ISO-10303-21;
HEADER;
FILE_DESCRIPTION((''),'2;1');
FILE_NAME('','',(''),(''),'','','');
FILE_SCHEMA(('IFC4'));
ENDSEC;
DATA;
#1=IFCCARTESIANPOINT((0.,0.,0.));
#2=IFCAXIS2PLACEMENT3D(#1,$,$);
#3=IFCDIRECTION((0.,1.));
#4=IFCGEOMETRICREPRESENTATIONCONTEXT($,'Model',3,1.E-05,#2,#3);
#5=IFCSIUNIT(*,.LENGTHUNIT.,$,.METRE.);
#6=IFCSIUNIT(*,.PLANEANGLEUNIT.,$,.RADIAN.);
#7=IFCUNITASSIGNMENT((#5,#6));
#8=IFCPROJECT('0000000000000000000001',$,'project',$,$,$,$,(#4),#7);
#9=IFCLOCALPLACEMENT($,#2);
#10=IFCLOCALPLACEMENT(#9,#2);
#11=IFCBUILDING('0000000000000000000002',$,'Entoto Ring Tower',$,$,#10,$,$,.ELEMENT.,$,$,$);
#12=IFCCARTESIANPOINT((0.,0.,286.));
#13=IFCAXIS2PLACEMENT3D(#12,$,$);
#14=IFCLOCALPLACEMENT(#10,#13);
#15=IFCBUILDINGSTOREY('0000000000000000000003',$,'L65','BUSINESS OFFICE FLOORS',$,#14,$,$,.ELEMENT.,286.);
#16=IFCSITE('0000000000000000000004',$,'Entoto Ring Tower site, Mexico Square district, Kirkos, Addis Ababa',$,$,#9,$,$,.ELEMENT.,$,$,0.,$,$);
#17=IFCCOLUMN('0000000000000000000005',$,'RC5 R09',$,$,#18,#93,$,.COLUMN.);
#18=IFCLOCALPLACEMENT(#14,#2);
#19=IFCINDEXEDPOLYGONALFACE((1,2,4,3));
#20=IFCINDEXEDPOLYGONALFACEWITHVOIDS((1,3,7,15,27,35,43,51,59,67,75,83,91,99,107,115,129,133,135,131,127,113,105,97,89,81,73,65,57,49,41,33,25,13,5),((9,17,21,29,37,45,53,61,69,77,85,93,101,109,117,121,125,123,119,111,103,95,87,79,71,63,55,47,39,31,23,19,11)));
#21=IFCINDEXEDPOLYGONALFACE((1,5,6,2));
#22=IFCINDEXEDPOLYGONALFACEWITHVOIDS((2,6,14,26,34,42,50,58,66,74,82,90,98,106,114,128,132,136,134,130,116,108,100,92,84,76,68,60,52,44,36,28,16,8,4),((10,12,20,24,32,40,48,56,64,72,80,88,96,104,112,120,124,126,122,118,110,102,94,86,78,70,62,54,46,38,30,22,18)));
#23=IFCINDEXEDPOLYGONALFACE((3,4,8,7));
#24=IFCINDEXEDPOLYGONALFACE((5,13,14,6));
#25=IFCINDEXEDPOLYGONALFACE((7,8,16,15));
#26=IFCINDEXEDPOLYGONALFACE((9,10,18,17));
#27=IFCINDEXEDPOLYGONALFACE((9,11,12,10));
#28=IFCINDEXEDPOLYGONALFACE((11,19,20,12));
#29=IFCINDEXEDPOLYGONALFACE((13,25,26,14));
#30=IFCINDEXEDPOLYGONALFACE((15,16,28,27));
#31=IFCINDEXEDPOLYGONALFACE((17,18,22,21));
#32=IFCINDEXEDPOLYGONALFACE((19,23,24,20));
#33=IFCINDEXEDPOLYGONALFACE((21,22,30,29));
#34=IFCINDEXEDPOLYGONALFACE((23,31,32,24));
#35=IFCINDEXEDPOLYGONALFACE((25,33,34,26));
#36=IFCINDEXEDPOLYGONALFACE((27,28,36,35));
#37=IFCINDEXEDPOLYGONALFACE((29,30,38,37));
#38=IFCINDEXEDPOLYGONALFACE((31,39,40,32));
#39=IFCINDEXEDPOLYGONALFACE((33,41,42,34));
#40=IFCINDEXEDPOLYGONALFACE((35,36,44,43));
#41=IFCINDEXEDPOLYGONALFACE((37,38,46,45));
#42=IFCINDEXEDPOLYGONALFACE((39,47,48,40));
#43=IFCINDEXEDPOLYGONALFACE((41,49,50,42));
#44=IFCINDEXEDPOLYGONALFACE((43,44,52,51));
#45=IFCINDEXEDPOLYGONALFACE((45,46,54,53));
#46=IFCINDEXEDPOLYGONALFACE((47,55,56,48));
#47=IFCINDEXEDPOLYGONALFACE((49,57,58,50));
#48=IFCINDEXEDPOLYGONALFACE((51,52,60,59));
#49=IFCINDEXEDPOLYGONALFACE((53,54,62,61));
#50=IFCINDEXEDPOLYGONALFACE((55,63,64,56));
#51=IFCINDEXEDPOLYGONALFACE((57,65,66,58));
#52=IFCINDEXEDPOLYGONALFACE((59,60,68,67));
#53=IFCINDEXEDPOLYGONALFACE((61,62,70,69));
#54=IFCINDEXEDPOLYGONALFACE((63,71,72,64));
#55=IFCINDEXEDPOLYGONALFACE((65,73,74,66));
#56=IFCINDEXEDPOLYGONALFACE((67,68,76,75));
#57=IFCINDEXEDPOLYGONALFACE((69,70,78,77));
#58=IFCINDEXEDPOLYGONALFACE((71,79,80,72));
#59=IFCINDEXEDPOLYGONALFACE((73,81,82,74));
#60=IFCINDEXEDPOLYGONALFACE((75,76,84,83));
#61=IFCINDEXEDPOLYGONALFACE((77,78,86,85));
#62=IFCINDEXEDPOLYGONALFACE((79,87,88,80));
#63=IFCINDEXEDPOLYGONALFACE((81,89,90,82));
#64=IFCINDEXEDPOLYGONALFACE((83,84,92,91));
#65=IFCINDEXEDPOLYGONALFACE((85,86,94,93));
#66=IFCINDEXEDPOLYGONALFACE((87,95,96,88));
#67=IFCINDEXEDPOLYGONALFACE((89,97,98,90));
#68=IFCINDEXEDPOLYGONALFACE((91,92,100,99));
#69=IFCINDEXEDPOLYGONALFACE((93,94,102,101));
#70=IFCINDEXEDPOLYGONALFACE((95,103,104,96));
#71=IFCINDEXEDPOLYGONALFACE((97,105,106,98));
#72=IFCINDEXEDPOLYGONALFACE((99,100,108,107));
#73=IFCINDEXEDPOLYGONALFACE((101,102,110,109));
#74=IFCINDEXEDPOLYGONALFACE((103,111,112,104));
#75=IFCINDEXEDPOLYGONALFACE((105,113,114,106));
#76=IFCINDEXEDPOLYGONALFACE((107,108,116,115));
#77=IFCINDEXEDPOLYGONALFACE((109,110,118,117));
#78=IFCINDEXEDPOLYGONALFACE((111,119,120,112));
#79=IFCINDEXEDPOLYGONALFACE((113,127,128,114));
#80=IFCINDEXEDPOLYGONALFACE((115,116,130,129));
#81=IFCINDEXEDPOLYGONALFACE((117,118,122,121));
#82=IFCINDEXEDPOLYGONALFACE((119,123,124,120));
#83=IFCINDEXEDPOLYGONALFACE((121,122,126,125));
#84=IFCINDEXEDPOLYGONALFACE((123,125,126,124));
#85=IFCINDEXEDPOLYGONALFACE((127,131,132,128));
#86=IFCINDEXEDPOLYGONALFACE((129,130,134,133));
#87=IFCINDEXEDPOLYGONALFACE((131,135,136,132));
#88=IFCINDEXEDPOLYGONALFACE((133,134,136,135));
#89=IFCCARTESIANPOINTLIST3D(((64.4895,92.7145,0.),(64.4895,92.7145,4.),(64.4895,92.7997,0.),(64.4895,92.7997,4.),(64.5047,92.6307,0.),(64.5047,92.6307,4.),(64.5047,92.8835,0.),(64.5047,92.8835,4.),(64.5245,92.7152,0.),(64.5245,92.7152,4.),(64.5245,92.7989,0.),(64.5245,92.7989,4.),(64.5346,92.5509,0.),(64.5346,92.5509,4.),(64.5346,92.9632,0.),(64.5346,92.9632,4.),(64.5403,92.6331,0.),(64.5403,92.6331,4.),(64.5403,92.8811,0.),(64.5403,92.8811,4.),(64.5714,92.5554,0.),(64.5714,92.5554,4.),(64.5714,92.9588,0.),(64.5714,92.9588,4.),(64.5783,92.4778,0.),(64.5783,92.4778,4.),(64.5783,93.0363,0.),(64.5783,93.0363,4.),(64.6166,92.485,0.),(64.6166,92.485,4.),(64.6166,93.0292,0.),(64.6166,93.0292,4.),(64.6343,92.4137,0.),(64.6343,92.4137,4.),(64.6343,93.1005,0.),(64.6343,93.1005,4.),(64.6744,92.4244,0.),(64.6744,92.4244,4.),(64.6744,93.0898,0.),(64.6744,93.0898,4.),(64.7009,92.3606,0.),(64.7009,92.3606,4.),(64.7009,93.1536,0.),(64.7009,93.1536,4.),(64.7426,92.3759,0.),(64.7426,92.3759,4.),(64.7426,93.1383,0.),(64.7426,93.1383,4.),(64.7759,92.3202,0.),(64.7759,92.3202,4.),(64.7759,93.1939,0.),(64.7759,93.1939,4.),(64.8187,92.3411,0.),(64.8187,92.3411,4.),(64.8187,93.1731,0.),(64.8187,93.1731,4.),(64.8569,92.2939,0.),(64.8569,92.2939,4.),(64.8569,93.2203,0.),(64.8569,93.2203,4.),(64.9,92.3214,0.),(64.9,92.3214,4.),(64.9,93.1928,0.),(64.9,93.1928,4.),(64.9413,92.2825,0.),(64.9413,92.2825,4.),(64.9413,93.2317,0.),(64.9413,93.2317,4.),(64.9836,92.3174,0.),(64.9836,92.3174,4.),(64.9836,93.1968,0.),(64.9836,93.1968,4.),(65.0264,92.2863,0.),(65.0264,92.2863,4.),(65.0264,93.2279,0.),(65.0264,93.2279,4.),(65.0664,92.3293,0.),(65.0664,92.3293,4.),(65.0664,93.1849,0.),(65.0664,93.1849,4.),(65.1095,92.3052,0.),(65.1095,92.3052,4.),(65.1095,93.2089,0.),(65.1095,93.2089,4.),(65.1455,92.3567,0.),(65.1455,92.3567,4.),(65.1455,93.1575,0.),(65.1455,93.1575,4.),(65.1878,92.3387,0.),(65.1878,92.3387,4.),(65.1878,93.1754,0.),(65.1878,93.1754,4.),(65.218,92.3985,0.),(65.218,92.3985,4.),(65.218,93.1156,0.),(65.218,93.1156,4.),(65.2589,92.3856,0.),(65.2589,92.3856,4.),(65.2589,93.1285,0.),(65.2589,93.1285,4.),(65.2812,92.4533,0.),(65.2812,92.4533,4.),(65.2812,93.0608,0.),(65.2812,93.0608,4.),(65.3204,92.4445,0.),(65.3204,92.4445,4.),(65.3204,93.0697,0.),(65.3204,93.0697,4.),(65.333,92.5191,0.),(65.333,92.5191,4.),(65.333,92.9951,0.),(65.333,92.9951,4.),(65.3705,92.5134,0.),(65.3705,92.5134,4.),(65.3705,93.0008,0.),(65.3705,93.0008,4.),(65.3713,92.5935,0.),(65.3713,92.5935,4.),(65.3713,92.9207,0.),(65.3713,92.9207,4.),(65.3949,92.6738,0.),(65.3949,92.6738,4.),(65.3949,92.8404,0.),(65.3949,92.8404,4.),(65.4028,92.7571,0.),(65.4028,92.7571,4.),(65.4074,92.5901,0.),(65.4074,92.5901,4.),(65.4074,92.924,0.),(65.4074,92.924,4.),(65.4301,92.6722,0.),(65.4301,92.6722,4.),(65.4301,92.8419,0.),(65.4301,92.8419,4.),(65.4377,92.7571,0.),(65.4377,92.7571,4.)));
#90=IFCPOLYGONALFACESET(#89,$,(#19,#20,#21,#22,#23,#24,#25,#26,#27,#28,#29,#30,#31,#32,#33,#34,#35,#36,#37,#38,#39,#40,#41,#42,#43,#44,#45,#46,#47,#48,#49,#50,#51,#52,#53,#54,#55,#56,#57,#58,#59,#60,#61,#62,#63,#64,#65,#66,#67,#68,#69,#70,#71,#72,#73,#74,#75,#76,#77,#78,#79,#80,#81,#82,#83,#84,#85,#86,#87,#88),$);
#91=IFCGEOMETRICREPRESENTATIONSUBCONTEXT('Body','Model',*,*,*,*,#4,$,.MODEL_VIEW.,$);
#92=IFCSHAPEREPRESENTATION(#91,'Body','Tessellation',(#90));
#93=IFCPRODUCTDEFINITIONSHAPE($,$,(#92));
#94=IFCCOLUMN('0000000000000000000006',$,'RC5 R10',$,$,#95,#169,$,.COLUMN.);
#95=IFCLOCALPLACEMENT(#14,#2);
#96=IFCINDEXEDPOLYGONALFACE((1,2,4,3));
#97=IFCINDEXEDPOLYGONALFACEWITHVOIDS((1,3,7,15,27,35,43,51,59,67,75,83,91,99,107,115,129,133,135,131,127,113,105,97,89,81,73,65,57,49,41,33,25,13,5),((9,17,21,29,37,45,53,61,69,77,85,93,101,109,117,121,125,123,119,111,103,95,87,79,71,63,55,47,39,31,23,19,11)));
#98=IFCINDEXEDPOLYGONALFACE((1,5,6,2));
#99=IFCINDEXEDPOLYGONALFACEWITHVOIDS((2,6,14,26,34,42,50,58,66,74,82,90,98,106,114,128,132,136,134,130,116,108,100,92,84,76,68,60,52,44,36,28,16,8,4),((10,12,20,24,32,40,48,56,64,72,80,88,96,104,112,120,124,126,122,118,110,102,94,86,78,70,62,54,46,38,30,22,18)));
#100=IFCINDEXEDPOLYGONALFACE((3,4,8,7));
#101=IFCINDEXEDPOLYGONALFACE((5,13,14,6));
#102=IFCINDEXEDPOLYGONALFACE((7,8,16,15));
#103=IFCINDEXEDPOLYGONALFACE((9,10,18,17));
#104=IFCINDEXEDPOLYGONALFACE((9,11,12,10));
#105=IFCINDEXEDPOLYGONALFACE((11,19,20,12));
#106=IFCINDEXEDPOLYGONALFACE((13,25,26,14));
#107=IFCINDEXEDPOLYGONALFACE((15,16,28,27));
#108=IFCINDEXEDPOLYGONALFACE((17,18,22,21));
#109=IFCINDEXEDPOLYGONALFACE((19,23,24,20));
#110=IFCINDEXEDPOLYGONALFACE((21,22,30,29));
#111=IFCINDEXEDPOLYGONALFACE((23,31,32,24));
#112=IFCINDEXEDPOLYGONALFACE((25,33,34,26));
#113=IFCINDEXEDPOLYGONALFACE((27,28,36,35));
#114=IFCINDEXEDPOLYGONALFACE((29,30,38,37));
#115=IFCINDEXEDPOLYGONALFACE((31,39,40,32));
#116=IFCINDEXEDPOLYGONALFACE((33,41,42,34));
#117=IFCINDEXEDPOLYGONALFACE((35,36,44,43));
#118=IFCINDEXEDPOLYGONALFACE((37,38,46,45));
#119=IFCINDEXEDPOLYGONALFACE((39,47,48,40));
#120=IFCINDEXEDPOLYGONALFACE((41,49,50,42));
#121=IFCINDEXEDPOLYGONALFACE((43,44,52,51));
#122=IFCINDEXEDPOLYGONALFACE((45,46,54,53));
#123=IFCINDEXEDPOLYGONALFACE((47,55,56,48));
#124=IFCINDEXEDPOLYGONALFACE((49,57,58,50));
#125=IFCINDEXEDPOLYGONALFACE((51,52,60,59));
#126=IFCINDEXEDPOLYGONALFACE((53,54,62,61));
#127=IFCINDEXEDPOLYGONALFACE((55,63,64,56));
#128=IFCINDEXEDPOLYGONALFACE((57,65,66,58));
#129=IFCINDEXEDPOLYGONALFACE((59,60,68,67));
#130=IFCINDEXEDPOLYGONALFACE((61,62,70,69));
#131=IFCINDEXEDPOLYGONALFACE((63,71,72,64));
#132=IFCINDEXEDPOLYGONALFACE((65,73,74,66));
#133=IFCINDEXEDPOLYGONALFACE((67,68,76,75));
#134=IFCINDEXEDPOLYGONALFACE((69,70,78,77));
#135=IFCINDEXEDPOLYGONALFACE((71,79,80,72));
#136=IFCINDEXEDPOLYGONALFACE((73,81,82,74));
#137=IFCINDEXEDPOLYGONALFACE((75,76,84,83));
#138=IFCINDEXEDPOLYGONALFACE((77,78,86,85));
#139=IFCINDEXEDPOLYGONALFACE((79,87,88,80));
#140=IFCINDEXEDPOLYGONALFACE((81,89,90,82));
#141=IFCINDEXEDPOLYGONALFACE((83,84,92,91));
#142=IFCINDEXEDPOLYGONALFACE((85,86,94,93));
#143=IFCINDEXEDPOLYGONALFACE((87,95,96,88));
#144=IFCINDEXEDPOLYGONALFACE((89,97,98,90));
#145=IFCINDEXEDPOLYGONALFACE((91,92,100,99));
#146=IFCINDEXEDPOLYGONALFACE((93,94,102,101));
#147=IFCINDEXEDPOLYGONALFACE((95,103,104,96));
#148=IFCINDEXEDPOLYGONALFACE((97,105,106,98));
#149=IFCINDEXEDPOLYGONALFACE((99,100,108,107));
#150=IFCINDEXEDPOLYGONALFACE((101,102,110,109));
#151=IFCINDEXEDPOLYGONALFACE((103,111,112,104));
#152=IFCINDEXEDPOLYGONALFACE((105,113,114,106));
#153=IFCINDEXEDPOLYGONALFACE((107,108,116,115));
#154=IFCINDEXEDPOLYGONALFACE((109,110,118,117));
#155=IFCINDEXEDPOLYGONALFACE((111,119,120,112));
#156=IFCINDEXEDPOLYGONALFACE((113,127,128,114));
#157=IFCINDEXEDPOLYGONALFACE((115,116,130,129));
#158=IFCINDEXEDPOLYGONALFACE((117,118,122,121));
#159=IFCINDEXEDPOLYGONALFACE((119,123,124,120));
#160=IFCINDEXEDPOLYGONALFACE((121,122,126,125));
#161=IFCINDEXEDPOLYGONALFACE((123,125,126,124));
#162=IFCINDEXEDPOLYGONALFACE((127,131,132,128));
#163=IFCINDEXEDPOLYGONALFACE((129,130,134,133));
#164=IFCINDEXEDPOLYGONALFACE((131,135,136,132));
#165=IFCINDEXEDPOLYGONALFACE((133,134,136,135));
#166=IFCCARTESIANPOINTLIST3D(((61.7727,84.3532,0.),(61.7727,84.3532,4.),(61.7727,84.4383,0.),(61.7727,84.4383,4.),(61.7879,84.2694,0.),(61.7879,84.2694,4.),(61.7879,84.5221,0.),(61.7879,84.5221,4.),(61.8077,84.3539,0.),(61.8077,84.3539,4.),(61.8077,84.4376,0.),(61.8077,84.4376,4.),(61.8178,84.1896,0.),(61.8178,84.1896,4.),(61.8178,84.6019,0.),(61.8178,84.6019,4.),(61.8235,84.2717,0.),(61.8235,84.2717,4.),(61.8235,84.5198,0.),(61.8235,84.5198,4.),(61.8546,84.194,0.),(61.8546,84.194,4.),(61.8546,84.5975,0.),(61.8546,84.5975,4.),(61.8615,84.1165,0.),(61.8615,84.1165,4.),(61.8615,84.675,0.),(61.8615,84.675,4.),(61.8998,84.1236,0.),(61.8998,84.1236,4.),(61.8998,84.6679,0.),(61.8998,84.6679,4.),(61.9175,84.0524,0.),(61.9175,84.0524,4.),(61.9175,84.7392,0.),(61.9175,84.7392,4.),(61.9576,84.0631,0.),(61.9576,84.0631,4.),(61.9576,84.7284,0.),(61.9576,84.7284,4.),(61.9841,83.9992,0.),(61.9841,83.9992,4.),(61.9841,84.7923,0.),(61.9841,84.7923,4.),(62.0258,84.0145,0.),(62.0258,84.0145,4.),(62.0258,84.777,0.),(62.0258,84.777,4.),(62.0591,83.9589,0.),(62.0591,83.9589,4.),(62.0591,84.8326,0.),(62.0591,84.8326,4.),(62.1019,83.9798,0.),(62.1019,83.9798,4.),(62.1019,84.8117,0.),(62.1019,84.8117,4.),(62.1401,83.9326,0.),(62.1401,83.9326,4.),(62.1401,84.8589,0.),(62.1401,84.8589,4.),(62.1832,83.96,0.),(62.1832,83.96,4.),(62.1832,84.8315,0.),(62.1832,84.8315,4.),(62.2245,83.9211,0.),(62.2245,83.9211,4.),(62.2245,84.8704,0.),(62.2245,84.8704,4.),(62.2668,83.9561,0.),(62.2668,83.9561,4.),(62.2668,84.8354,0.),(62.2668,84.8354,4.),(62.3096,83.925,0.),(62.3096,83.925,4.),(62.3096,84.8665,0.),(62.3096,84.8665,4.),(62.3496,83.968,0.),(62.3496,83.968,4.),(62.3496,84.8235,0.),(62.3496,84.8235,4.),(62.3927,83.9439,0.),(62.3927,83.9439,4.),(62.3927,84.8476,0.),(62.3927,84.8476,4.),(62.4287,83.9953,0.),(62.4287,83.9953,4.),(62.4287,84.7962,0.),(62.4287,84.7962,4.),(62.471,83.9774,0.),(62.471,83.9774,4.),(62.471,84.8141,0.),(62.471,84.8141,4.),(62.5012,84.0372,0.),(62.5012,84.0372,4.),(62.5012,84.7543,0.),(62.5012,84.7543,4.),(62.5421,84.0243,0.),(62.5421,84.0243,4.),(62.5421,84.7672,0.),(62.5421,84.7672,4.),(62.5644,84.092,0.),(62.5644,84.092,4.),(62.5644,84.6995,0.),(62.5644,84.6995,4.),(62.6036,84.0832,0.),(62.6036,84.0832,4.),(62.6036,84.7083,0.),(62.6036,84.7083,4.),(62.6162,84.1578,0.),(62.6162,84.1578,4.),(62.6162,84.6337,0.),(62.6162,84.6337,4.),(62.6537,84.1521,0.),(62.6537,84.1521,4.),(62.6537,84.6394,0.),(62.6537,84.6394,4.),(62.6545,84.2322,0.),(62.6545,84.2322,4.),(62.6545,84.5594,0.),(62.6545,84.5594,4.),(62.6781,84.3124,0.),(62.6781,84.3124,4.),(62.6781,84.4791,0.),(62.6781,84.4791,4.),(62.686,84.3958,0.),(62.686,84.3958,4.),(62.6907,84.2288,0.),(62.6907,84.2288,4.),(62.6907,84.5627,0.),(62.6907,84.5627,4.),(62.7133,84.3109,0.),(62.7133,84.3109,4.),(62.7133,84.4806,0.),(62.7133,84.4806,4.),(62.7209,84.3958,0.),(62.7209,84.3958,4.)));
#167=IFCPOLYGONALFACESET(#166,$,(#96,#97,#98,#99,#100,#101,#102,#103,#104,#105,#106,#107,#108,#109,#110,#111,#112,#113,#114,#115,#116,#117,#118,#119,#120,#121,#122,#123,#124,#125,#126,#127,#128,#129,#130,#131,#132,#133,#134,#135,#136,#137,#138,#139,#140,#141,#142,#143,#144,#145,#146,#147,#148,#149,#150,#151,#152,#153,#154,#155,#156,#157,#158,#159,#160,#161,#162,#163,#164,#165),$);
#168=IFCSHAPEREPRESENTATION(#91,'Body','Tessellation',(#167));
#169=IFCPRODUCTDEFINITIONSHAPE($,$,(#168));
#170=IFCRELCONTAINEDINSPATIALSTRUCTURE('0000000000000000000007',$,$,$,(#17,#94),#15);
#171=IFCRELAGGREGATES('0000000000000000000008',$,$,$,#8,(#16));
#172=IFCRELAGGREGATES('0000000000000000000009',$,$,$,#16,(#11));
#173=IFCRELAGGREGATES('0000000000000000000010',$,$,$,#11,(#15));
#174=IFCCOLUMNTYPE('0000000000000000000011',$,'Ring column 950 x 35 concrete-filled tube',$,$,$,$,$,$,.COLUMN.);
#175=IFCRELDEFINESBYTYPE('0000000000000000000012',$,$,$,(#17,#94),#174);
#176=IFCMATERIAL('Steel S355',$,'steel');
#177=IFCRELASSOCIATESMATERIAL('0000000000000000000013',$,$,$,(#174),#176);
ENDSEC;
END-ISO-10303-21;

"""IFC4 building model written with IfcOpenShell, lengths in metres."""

from ifc_helpers import new_model, si_unit, direction, frame, origin, origin_2d, place, context, subcontext, project, spatial, circle, hollow_circle, extrude, material, material_profile, profile_set, type_object, element, save


model = new_model("IFC4")

# Units and contexts
model_context = context("Model", 3, precision=1e-05, world=origin(), true_north=direction((0.0, 1.0)))
body_context = subcontext(model_context, "Body", "Model", "MODEL_VIEW")
ifc_project = project(units=[si_unit("LENGTHUNIT", "METRE"), si_unit("PLANEANGLEUNIT", "RADIAN")], contexts=[model_context])

# Site, building, storey
site_placement = place(None, origin())
site = spatial("IfcSite", under=ifc_project, at=site_placement, Name="Entoto Ring Tower site, Mexico Square district, Kirkos, Addis Ababa", CompositionType="ELEMENT", RefElevation=0.0)
building_placement = place(site_placement, origin())
building = spatial("IfcBuilding", under=site, at=building_placement, Name="Entoto Ring Tower", CompositionType="ELEMENT")
storey_placement = place(building_placement, frame((0.0, 0.0, 286.0)))
storey = spatial("IfcBuildingStorey", under=building, at=storey_placement, Name="L65", Description="BUSINESS OFFICE FLOORS", CompositionType="ELEMENT", Elevation=286.0)

# Columns
ifc_material_1 = material(Name="Steel S355", Category="steel")
ifc_material_profile_1 = material_profile(ifc_material_1, hollow_circle(Radius=0.4751, WallThickness=0.0349, at=origin_2d()), Name="CHS 950 x 35")
ifc_material_2 = material(Name="Concrete C60/75", Category="concrete")
ifc_material_profile_2 = material_profile(ifc_material_2, circle(Radius=0.4399, at=origin_2d()), Name="Concrete C60/75 infill")
ifc_profile_set_1 = profile_set([ifc_material_profile_1, ifc_material_profile_2], Name="Steel S355")
column_type = type_object("IfcColumnType", Name="Ring column 950 x 35 concrete-filled tube", PredefinedType="COLUMN", material=ifc_profile_set_1)
for number, where, z_axis, x_axis, name in (
    (1, (64.9626, 92.7571, 0.0), (0.0, 0.0, 1.0), (1.0, 0.0, 0.0), "RC5 R09"),
    (2, (62.2458, 84.3958, 0.0), (0.0, 0.0, 1.0), (1.0, 0.0, 0.0), "RC5 R10"),
):
    element("IfcColumn", number, at=place(storey_placement, frame(where, z_axis=z_axis, x_axis=x_axis)), inside=storey, type_object=column_type, Name=name, PredefinedType="COLUMN", context=body_context, shape_type="SweptSolid", body=[
        extrude(hollow_circle(Radius=0.4751, WallThickness=0.0349, at=origin_2d()), origin(), (0.0, 0.0, 1.0), 4.0),
    ])

save(model, "model.ifc")
